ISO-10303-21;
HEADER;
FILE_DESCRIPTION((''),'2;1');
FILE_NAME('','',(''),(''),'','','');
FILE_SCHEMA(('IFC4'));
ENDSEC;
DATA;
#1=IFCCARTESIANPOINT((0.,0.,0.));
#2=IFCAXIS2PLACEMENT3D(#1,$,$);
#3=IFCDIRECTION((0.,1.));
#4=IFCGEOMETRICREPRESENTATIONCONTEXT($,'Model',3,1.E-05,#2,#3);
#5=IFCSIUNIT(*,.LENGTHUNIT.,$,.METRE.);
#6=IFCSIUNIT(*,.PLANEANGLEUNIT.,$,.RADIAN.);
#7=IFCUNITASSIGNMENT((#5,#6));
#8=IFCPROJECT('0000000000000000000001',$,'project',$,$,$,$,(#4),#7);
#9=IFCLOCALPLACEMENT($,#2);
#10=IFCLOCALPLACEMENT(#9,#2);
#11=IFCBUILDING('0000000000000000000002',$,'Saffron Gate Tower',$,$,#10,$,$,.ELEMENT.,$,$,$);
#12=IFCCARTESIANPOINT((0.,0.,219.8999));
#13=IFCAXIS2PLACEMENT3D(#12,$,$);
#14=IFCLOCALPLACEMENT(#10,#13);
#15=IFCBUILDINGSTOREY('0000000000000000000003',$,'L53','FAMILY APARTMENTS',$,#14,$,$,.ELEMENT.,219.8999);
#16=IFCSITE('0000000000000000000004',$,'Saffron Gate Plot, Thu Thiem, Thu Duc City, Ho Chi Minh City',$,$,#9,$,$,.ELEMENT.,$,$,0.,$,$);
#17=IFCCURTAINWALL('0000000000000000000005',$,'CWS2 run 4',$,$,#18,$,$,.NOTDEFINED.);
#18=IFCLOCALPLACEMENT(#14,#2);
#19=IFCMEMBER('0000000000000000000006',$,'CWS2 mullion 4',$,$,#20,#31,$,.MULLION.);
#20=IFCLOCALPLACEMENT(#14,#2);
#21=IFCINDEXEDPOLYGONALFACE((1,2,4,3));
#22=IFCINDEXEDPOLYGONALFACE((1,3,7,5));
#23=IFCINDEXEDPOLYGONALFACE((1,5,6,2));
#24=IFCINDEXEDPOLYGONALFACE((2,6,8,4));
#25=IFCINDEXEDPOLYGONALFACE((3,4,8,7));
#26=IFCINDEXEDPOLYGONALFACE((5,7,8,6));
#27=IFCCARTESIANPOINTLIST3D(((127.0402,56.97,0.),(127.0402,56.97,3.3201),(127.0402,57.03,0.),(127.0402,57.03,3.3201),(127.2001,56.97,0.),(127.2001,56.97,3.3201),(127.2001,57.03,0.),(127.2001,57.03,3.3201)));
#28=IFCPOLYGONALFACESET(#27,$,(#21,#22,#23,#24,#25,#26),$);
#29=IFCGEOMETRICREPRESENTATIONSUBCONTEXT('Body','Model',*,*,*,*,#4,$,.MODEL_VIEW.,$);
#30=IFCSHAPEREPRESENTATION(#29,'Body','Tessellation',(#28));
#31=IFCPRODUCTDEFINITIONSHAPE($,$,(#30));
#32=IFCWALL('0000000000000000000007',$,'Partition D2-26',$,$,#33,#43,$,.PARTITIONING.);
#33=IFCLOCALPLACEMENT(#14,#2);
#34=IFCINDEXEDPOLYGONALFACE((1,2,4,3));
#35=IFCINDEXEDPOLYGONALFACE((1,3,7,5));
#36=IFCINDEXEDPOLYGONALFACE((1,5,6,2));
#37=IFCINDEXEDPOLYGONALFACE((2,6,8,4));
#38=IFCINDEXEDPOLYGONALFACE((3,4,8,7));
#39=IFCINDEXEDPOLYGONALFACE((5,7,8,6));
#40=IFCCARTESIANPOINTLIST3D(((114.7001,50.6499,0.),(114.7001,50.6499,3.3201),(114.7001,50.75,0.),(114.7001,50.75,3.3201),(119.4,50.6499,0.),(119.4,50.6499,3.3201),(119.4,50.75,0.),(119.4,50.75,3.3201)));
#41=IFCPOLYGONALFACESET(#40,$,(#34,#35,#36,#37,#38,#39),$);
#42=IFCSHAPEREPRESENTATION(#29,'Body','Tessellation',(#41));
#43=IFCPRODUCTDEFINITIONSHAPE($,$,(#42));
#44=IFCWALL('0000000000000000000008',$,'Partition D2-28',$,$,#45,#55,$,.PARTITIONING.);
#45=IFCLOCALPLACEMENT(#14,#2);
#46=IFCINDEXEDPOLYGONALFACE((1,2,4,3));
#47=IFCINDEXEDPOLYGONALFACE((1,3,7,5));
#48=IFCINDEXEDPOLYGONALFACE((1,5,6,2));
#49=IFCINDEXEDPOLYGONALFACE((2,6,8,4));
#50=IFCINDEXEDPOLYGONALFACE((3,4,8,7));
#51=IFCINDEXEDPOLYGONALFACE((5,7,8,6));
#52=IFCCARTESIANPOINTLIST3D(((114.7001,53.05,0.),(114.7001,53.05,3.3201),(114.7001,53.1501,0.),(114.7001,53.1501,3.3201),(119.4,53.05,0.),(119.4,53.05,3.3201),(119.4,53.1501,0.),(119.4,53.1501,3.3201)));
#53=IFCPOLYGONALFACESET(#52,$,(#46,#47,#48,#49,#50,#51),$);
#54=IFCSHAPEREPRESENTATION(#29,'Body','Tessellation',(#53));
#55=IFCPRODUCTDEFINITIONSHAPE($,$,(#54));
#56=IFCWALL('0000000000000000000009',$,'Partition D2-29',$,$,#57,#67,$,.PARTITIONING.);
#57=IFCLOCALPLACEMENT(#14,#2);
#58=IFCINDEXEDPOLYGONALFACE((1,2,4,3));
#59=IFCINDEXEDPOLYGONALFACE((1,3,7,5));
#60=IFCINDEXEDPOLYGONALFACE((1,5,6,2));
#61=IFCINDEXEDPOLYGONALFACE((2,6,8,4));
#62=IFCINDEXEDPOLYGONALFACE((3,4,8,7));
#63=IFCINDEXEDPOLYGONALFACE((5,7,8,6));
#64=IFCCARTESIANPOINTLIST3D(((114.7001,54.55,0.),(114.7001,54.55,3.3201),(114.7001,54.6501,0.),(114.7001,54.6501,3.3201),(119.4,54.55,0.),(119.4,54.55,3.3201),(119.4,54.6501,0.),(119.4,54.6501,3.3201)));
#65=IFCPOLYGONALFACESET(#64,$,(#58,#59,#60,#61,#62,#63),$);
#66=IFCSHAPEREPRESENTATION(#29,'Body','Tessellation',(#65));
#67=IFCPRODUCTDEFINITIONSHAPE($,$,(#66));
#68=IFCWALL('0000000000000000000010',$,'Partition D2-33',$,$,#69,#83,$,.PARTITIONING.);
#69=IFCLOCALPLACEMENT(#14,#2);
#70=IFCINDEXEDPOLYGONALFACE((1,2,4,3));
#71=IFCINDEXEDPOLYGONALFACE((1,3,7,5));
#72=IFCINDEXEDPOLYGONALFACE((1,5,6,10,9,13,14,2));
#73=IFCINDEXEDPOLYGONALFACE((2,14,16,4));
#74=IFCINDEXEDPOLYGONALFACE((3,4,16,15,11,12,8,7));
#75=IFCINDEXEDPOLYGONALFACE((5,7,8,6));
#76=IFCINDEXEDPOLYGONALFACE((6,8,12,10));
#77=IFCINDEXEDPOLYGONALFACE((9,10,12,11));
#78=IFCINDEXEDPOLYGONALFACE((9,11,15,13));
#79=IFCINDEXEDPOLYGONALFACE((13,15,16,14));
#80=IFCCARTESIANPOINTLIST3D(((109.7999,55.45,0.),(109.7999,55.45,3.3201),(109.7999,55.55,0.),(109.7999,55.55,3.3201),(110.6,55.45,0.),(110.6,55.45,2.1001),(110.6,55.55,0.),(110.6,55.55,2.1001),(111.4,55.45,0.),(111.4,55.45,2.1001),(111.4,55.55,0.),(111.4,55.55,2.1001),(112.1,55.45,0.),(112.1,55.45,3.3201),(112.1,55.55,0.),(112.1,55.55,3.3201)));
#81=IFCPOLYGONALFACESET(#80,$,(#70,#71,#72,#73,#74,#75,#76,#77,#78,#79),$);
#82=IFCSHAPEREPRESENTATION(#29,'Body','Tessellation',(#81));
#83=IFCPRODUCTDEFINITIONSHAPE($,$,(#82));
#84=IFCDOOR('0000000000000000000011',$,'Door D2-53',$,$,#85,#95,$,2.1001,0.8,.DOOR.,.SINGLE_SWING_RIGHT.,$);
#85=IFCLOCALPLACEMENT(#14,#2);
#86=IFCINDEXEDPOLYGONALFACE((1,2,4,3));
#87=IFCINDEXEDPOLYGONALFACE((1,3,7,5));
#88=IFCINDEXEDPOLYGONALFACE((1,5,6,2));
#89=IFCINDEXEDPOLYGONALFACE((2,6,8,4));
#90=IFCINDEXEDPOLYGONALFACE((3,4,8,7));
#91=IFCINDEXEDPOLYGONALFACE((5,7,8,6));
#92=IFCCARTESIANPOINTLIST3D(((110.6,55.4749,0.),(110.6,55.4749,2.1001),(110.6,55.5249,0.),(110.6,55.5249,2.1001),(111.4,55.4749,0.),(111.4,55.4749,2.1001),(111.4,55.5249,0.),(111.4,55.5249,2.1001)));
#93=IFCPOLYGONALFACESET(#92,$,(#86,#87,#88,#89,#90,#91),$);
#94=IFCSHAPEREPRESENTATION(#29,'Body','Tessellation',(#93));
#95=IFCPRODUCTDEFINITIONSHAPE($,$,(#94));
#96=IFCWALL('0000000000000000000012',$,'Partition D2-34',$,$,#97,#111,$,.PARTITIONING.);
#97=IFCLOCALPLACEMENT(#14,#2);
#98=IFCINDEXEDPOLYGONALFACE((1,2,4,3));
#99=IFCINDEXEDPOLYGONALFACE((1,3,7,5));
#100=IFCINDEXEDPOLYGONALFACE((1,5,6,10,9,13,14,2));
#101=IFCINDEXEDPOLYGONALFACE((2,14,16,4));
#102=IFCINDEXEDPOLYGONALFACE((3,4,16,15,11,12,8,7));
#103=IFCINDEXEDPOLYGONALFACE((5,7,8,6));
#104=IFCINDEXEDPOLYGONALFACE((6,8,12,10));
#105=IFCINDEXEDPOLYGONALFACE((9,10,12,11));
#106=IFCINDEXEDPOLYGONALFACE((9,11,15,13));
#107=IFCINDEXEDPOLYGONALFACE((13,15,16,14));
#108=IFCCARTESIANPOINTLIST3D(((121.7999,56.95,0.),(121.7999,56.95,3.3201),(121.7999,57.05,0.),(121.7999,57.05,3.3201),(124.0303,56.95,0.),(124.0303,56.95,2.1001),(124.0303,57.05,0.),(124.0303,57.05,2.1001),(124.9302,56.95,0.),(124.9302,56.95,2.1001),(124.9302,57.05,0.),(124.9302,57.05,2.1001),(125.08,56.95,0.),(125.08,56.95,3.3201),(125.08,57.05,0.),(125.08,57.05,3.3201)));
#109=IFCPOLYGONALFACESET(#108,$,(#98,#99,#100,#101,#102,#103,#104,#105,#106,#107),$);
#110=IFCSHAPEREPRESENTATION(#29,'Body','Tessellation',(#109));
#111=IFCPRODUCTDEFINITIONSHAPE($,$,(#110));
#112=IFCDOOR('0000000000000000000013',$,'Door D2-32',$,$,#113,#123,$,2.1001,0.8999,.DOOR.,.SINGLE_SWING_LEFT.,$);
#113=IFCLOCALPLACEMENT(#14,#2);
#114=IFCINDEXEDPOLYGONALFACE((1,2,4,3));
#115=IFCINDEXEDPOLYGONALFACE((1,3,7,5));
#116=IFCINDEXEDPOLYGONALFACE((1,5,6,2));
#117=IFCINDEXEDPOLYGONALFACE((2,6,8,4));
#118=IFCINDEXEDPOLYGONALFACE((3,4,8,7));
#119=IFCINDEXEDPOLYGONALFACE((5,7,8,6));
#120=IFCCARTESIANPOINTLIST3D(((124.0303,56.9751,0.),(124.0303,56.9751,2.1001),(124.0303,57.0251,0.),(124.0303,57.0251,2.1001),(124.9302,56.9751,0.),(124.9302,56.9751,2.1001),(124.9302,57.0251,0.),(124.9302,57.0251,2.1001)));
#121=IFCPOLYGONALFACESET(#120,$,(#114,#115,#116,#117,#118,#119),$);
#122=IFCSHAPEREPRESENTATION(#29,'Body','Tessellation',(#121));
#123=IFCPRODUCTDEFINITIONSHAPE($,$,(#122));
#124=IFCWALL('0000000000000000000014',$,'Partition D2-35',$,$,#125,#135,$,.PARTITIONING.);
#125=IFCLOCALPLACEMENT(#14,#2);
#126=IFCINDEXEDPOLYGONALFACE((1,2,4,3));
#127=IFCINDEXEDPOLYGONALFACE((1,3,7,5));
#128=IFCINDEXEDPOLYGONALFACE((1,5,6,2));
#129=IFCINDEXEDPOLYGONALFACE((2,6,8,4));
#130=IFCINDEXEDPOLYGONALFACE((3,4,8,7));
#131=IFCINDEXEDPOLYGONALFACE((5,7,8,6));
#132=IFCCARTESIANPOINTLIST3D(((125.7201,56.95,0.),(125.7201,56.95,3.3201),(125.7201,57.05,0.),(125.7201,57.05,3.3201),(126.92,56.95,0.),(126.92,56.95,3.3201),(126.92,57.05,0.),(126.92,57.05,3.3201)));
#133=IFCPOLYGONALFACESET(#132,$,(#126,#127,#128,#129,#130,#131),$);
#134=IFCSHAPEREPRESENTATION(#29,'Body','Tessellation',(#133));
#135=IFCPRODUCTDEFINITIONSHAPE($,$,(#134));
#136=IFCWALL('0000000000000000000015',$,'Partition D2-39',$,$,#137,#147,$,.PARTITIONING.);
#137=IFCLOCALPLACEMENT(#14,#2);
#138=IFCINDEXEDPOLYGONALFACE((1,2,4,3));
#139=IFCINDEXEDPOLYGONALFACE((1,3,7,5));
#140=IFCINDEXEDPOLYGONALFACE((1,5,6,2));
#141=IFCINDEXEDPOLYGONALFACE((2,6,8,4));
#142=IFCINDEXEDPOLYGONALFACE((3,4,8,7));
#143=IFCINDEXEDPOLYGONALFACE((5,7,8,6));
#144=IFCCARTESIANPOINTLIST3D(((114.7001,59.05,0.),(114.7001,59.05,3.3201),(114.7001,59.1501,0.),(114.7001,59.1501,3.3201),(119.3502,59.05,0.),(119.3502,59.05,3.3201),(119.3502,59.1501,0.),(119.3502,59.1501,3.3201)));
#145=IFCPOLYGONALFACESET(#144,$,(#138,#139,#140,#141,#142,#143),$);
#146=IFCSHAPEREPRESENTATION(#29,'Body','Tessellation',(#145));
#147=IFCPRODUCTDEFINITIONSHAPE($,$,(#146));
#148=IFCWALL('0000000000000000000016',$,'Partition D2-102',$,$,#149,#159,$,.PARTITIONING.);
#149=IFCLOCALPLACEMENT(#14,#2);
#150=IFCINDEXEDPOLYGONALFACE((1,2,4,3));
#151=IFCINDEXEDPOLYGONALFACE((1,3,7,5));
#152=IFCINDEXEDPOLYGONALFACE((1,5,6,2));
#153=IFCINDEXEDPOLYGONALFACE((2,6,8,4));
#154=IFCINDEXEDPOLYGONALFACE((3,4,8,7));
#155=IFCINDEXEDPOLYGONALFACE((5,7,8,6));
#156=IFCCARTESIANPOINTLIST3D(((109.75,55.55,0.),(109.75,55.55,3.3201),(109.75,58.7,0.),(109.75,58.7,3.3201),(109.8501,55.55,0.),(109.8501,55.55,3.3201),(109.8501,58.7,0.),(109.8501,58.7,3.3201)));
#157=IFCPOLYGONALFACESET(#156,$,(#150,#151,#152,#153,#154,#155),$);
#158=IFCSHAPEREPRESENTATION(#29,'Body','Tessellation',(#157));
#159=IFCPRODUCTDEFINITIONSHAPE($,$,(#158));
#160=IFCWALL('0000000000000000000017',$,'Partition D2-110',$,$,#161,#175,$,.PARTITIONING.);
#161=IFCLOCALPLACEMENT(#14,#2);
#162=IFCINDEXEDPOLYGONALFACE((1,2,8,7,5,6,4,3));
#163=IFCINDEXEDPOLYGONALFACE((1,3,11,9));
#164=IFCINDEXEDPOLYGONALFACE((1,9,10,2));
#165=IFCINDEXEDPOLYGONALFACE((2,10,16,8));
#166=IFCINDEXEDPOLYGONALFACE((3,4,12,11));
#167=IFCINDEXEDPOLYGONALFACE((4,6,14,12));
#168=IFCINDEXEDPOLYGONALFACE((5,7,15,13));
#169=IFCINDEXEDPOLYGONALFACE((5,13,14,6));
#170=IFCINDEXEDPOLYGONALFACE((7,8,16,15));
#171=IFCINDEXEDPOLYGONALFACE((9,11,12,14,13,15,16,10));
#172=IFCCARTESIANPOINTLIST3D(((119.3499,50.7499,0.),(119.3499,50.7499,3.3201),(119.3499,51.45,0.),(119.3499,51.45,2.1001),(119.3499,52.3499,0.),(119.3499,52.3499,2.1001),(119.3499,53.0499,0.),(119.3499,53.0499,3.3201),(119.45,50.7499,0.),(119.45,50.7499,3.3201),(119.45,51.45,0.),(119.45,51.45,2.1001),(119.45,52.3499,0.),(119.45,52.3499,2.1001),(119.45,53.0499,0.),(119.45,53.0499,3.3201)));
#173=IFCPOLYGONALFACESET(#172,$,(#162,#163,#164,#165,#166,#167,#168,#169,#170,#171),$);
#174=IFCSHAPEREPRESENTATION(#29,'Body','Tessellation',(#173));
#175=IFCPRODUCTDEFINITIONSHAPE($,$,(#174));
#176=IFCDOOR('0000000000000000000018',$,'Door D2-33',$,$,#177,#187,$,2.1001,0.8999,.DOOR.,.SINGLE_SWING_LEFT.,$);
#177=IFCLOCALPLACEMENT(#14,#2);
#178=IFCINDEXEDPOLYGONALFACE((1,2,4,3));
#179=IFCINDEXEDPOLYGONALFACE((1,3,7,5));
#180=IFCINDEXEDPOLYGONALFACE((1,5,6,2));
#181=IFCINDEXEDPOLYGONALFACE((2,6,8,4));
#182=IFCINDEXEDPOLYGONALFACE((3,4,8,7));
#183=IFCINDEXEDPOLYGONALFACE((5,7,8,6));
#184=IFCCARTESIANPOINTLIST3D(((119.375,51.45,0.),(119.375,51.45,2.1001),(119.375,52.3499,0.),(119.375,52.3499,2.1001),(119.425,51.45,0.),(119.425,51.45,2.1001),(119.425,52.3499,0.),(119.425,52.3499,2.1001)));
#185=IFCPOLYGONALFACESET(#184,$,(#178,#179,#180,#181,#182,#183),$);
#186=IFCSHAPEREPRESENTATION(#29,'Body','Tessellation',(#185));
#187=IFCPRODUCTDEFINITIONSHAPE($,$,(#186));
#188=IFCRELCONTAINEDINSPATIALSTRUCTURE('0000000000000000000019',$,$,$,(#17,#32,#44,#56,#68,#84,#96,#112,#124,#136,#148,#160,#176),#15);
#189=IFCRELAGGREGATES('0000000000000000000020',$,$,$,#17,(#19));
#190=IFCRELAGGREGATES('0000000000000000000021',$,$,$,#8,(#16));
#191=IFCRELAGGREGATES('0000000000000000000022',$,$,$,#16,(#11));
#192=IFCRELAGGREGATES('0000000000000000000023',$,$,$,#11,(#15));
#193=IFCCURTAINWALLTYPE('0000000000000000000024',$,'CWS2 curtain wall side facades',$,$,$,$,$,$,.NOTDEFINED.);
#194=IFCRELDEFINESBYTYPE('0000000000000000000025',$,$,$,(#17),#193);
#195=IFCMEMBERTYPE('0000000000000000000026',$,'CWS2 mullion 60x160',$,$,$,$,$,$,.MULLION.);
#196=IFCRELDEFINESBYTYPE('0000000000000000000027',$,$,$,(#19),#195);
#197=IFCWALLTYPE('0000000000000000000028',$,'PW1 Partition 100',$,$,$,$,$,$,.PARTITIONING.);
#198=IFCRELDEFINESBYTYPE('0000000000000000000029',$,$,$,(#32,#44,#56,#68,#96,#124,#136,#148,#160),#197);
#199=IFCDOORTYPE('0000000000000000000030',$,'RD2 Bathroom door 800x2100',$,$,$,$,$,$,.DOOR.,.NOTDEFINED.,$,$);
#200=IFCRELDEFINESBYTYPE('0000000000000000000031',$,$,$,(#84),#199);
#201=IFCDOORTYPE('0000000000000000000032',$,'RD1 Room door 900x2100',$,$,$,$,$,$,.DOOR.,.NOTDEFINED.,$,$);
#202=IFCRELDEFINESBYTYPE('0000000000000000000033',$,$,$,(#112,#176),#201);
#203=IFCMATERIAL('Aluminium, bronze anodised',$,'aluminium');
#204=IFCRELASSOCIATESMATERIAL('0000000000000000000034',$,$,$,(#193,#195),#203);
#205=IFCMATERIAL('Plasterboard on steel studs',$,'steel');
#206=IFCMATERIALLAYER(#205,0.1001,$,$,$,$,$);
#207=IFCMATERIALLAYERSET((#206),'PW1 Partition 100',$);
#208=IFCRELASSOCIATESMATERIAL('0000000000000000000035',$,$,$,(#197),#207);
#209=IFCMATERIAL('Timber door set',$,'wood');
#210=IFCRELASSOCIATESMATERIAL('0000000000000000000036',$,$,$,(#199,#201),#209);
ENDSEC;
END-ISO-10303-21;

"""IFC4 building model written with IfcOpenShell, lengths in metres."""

from ifc_helpers import new_model, si_unit, direction, frame, frame_2d, origin, origin_2d, place, context, subcontext, project, spatial, rectangle, extrude, material, layer, layer_set, material_profile, profile_set, type_object, element, fill, aggregate, save


model = new_model("IFC4")

# Units and contexts
model_context = context("Model", 3, precision=1e-05, world=origin(), true_north=direction((0.0, 1.0)))
body_context = subcontext(model_context, "Body", "Model", "MODEL_VIEW")
ifc_project = project(units=[si_unit("LENGTHUNIT", "METRE"), si_unit("PLANEANGLEUNIT", "RADIAN")], contexts=[model_context])

# Site, building, storey
site_placement = place(None, origin())
site = spatial("IfcSite", under=ifc_project, at=site_placement, Name="Saffron Gate Plot, Thu Thiem, Thu Duc City, Ho Chi Minh City", CompositionType="ELEMENT", RefElevation=0.0)
building_placement = place(site_placement, origin())
building = spatial("IfcBuilding", under=site, at=building_placement, Name="Saffron Gate Tower", CompositionType="ELEMENT")
storey_placement = place(building_placement, frame((0.0, 0.0, 219.8999)))
storey = spatial("IfcBuildingStorey", under=building, at=storey_placement, Name="L53", Description="FAMILY APARTMENTS", CompositionType="ELEMENT", Elevation=219.8999)

# Curtain wall, member
ifc_material_1 = material(Name="Aluminium, bronze anodised", Category="aluminium")
curtain_wall_type = type_object("IfcCurtainWallType", Name="CWS2 curtain wall side facades", PredefinedType="NOTDEFINED", material=ifc_material_1)
curtain_wall_placement = place(storey_placement, origin())
curtain_wall = element("IfcCurtainWall", 1, at=curtain_wall_placement, inside=storey, type_object=curtain_wall_type, Name="CWS2 run 4", PredefinedType="NOTDEFINED")
ifc_material_profile_1 = material_profile(ifc_material_1, rectangle(XDim=0.1599, YDim=0.0601, at=origin_2d()))
ifc_profile_set_1 = profile_set([ifc_material_profile_1], Name="Aluminium, bronze anodised")
member_type = type_object("IfcMemberType", Name="CWS2 mullion 60x160", PredefinedType="MULLION", material=ifc_profile_set_1)
member_placement = place(storey_placement, frame((127.1201, 57.0, 0.0), z_axis=(0.0, 0.0, 1.0), x_axis=(-1.0, 0.0, 0.0)))
member = element("IfcMember", 2, at=member_placement, type_object=member_type, Name="CWS2 mullion 4", PredefinedType="MULLION", context=body_context, shape_type="SweptSolid", body=[
    extrude(rectangle(XDim=0.1599, YDim=0.0601, at=origin_2d()), origin(), (0.0, 0.0, 1.0), 3.3201),
])
aggregate(curtain_wall, [member])

# Walls
ifc_material_2 = material(Name="Plasterboard on steel studs", Category="steel")
ifc_layer_1 = layer(ifc_material_2, 0.1001)
ifc_layer_set_1 = layer_set([ifc_layer_1], Name="PW1 Partition 100")
wall_type_1 = type_object("IfcWallType", Name="PW1 Partition 100", PredefinedType="PARTITIONING", material=ifc_layer_set_1)
for number, where, z_axis, x_axis, name in (
    (3, (114.7, 50.7, 0.0), (0.0, 0.0, 1.0), (1.0, 0.0, 0.0), "Partition D2-26"),
    (4, (114.7, 53.1001, 0.0), (0.0, 0.0, 1.0), (1.0, 0.0, 0.0), "Partition D2-28"),
    (5, (114.7, 54.6001, 0.0), (0.0, 0.0, 1.0), (1.0, 0.0, 0.0), "Partition D2-29"),
):
    element("IfcWall", number, at=place(storey_placement, frame(where, z_axis=z_axis, x_axis=x_axis)), inside=storey, type_object=wall_type_1, Name=name, PredefinedType="PARTITIONING", context=body_context, shape_type="SweptSolid", body=[
        extrude(rectangle(XDim=4.7, YDim=0.1001, at=frame_2d((2.3501, 0.0))), origin(), (0.0, 0.0, 1.0), 3.3201),
    ])

# Walls, openings, doors
wall_1_placement = place(storey_placement, frame((109.8, 55.5, 0.0), z_axis=(0.0, 0.0, 1.0), x_axis=(1.0, 0.0, 0.0)))
wall_1 = element("IfcWall", 6, at=wall_1_placement, inside=storey, type_object=wall_type_1, Name="Partition D2-33", PredefinedType="PARTITIONING", context=body_context, shape_type="SweptSolid", body=[
    extrude(rectangle(XDim=2.3, YDim=0.1001, at=frame_2d((1.1499, 0.0))), origin(), (0.0, 0.0, 1.0), 3.3201),
])
opening_1_placement = place(wall_1_placement, frame((0.8, 0.0, 0.0)))
opening_1 = element("IfcOpeningElement", 7, at=opening_1_placement, cuts=wall_1, PredefinedType="OPENING", context=body_context, shape_type="SweptSolid", body=[
    extrude(rectangle(XDim=0.8, YDim=2.1001, at=frame_2d((0.3999, 1.05))), frame((0.0, 0.0601, 0.0), z_axis=(0.0, -1.0, 0.0), x_axis=(1.0, 0.0, 0.0)), (0.0, 0.0, 1.0), 0.1201),
])
ifc_material_3 = material(Name="Timber door set", Category="wood")
door_type_1 = type_object("IfcDoorType", Name="RD2 Bathroom door 800x2100", OperationType="NOTDEFINED", PredefinedType="DOOR", material=ifc_material_3)
door_1_placement = place(opening_1_placement, origin())
door_1 = element("IfcDoor", 8, at=door_1_placement, inside=storey, type_object=door_type_1, Name="Door D2-53", OperationType="SINGLE_SWING_RIGHT", OverallHeight=2.1001, OverallWidth=0.8, PredefinedType="DOOR", context=body_context, shape_type="SweptSolid", body=[
    extrude(rectangle(XDim=0.8, YDim=2.1001, at=frame_2d((0.3999, 1.05))), frame((0.0, 0.0249, 0.0), z_axis=(0.0, -1.0, 0.0), x_axis=(1.0, 0.0, 0.0)), (0.0, 0.0, 1.0), 0.05),
])
fill(opening_1, door_1)
wall_2_placement = place(storey_placement, frame((125.0801, 57.0, 0.0), z_axis=(0.0, 0.0, 1.0), x_axis=(-1.0, 0.0, 0.0)))
wall_2 = element("IfcWall", 9, at=wall_2_placement, inside=storey, type_object=wall_type_1, Name="Partition D2-34", PredefinedType="PARTITIONING", context=body_context, shape_type="SweptSolid", body=[
    extrude(rectangle(XDim=3.28, YDim=0.1001, at=frame_2d((1.6401, 0.0))), origin(), (0.0, 0.0, 1.0), 3.3201),
])
opening_2_placement = place(wall_2_placement, frame((0.1499, 0.0, 0.0)))
opening_2 = element("IfcOpeningElement", 10, at=opening_2_placement, cuts=wall_2, PredefinedType="OPENING", context=body_context, shape_type="SweptSolid", body=[
    extrude(rectangle(XDim=0.8999, YDim=2.1001, at=frame_2d((0.45, 1.05))), frame((0.0, 0.0601, 0.0), z_axis=(0.0, -1.0, 0.0), x_axis=(1.0, 0.0, 0.0)), (0.0, 0.0, 1.0), 0.1201),
])
door_type_2 = type_object("IfcDoorType", Name="RD1 Room door 900x2100", OperationType="NOTDEFINED", PredefinedType="DOOR", material=ifc_material_3)
door_2_placement = place(opening_2_placement, origin())
door_2 = element("IfcDoor", 11, at=door_2_placement, inside=storey, type_object=door_type_2, Name="Door D2-32", OperationType="SINGLE_SWING_LEFT", OverallHeight=2.1001, OverallWidth=0.8999, PredefinedType="DOOR", context=body_context, shape_type="SweptSolid", body=[
    extrude(rectangle(XDim=0.8999, YDim=2.1001, at=frame_2d((0.45, 1.05))), frame((0.0, 0.0249, 0.0), z_axis=(0.0, -1.0, 0.0), x_axis=(1.0, 0.0, 0.0)), (0.0, 0.0, 1.0), 0.05),
])
fill(opening_2, door_2)

# Walls
wall_3_placement = place(storey_placement, frame((125.72, 57.0, 0.0), z_axis=(0.0, 0.0, 1.0), x_axis=(1.0, 0.0, 0.0)))
element("IfcWall", 12, at=wall_3_placement, inside=storey, type_object=wall_type_1, Name="Partition D2-35", PredefinedType="PARTITIONING", context=body_context, shape_type="SweptSolid", body=[
    extrude(rectangle(XDim=1.2, YDim=0.1001, at=frame_2d((0.6001, 0.0))), origin(), (0.0, 0.0, 1.0), 3.3201),
])
wall_4_placement = place(storey_placement, frame((114.7, 59.1001, 0.0), z_axis=(0.0, 0.0, 1.0), x_axis=(1.0, 0.0, 0.0)))
element("IfcWall", 13, at=wall_4_placement, inside=storey, type_object=wall_type_1, Name="Partition D2-39", PredefinedType="PARTITIONING", context=body_context, shape_type="SweptSolid", body=[
    extrude(rectangle(XDim=4.6501, YDim=0.1001, at=frame_2d((2.3252, 0.0))), origin(), (0.0, 0.0, 1.0), 3.3201),
])
wall_5_placement = place(storey_placement, frame((109.8, 58.7, 0.0), z_axis=(0.0, 0.0, 1.0), x_axis=(0.0, -1.0, 0.0)))
element("IfcWall", 14, at=wall_5_placement, inside=storey, type_object=wall_type_1, Name="Partition D2-102", PredefinedType="PARTITIONING", context=body_context, shape_type="SweptSolid", body=[
    extrude(rectangle(XDim=3.1499, YDim=0.1001, at=frame_2d((1.575, 0.0))), origin(), (0.0, 0.0, 1.0), 3.3201),
])

# Wall, opening, door
wall_6_placement = place(storey_placement, frame((119.3999, 50.75, 0.0), z_axis=(0.0, 0.0, 1.0), x_axis=(0.0, 1.0, 0.0)))
wall_6 = element("IfcWall", 15, at=wall_6_placement, inside=storey, type_object=wall_type_1, Name="Partition D2-110", PredefinedType="PARTITIONING", context=body_context, shape_type="SweptSolid", body=[
    extrude(rectangle(XDim=2.3, YDim=0.1001, at=frame_2d((1.1499, 0.0))), origin(), (0.0, 0.0, 1.0), 3.3201),
])
opening_3_placement = place(wall_6_placement, frame((0.7, 0.0, 0.0)))
opening_3 = element("IfcOpeningElement", 16, at=opening_3_placement, cuts=wall_6, PredefinedType="OPENING", context=body_context, shape_type="SweptSolid", body=[
    extrude(rectangle(XDim=0.8999, YDim=2.1001, at=frame_2d((0.45, 1.05))), frame((0.0, 0.0601, 0.0), z_axis=(0.0, -1.0, 0.0), x_axis=(1.0, 0.0, 0.0)), (0.0, 0.0, 1.0), 0.1201),
])
door_3_placement = place(opening_3_placement, origin())
door_3 = element("IfcDoor", 17, at=door_3_placement, inside=storey, type_object=door_type_2, Name="Door D2-33", OperationType="SINGLE_SWING_LEFT", OverallHeight=2.1001, OverallWidth=0.8999, PredefinedType="DOOR", context=body_context, shape_type="SweptSolid", body=[
    extrude(rectangle(XDim=0.8999, YDim=2.1001, at=frame_2d((0.45, 1.05))), frame((0.0, 0.0249, 0.0), z_axis=(0.0, -1.0, 0.0), x_axis=(1.0, 0.0, 0.0)), (0.0, 0.0, 1.0), 0.05),
])
fill(opening_3, door_3)

save(model, "model.ifc")
